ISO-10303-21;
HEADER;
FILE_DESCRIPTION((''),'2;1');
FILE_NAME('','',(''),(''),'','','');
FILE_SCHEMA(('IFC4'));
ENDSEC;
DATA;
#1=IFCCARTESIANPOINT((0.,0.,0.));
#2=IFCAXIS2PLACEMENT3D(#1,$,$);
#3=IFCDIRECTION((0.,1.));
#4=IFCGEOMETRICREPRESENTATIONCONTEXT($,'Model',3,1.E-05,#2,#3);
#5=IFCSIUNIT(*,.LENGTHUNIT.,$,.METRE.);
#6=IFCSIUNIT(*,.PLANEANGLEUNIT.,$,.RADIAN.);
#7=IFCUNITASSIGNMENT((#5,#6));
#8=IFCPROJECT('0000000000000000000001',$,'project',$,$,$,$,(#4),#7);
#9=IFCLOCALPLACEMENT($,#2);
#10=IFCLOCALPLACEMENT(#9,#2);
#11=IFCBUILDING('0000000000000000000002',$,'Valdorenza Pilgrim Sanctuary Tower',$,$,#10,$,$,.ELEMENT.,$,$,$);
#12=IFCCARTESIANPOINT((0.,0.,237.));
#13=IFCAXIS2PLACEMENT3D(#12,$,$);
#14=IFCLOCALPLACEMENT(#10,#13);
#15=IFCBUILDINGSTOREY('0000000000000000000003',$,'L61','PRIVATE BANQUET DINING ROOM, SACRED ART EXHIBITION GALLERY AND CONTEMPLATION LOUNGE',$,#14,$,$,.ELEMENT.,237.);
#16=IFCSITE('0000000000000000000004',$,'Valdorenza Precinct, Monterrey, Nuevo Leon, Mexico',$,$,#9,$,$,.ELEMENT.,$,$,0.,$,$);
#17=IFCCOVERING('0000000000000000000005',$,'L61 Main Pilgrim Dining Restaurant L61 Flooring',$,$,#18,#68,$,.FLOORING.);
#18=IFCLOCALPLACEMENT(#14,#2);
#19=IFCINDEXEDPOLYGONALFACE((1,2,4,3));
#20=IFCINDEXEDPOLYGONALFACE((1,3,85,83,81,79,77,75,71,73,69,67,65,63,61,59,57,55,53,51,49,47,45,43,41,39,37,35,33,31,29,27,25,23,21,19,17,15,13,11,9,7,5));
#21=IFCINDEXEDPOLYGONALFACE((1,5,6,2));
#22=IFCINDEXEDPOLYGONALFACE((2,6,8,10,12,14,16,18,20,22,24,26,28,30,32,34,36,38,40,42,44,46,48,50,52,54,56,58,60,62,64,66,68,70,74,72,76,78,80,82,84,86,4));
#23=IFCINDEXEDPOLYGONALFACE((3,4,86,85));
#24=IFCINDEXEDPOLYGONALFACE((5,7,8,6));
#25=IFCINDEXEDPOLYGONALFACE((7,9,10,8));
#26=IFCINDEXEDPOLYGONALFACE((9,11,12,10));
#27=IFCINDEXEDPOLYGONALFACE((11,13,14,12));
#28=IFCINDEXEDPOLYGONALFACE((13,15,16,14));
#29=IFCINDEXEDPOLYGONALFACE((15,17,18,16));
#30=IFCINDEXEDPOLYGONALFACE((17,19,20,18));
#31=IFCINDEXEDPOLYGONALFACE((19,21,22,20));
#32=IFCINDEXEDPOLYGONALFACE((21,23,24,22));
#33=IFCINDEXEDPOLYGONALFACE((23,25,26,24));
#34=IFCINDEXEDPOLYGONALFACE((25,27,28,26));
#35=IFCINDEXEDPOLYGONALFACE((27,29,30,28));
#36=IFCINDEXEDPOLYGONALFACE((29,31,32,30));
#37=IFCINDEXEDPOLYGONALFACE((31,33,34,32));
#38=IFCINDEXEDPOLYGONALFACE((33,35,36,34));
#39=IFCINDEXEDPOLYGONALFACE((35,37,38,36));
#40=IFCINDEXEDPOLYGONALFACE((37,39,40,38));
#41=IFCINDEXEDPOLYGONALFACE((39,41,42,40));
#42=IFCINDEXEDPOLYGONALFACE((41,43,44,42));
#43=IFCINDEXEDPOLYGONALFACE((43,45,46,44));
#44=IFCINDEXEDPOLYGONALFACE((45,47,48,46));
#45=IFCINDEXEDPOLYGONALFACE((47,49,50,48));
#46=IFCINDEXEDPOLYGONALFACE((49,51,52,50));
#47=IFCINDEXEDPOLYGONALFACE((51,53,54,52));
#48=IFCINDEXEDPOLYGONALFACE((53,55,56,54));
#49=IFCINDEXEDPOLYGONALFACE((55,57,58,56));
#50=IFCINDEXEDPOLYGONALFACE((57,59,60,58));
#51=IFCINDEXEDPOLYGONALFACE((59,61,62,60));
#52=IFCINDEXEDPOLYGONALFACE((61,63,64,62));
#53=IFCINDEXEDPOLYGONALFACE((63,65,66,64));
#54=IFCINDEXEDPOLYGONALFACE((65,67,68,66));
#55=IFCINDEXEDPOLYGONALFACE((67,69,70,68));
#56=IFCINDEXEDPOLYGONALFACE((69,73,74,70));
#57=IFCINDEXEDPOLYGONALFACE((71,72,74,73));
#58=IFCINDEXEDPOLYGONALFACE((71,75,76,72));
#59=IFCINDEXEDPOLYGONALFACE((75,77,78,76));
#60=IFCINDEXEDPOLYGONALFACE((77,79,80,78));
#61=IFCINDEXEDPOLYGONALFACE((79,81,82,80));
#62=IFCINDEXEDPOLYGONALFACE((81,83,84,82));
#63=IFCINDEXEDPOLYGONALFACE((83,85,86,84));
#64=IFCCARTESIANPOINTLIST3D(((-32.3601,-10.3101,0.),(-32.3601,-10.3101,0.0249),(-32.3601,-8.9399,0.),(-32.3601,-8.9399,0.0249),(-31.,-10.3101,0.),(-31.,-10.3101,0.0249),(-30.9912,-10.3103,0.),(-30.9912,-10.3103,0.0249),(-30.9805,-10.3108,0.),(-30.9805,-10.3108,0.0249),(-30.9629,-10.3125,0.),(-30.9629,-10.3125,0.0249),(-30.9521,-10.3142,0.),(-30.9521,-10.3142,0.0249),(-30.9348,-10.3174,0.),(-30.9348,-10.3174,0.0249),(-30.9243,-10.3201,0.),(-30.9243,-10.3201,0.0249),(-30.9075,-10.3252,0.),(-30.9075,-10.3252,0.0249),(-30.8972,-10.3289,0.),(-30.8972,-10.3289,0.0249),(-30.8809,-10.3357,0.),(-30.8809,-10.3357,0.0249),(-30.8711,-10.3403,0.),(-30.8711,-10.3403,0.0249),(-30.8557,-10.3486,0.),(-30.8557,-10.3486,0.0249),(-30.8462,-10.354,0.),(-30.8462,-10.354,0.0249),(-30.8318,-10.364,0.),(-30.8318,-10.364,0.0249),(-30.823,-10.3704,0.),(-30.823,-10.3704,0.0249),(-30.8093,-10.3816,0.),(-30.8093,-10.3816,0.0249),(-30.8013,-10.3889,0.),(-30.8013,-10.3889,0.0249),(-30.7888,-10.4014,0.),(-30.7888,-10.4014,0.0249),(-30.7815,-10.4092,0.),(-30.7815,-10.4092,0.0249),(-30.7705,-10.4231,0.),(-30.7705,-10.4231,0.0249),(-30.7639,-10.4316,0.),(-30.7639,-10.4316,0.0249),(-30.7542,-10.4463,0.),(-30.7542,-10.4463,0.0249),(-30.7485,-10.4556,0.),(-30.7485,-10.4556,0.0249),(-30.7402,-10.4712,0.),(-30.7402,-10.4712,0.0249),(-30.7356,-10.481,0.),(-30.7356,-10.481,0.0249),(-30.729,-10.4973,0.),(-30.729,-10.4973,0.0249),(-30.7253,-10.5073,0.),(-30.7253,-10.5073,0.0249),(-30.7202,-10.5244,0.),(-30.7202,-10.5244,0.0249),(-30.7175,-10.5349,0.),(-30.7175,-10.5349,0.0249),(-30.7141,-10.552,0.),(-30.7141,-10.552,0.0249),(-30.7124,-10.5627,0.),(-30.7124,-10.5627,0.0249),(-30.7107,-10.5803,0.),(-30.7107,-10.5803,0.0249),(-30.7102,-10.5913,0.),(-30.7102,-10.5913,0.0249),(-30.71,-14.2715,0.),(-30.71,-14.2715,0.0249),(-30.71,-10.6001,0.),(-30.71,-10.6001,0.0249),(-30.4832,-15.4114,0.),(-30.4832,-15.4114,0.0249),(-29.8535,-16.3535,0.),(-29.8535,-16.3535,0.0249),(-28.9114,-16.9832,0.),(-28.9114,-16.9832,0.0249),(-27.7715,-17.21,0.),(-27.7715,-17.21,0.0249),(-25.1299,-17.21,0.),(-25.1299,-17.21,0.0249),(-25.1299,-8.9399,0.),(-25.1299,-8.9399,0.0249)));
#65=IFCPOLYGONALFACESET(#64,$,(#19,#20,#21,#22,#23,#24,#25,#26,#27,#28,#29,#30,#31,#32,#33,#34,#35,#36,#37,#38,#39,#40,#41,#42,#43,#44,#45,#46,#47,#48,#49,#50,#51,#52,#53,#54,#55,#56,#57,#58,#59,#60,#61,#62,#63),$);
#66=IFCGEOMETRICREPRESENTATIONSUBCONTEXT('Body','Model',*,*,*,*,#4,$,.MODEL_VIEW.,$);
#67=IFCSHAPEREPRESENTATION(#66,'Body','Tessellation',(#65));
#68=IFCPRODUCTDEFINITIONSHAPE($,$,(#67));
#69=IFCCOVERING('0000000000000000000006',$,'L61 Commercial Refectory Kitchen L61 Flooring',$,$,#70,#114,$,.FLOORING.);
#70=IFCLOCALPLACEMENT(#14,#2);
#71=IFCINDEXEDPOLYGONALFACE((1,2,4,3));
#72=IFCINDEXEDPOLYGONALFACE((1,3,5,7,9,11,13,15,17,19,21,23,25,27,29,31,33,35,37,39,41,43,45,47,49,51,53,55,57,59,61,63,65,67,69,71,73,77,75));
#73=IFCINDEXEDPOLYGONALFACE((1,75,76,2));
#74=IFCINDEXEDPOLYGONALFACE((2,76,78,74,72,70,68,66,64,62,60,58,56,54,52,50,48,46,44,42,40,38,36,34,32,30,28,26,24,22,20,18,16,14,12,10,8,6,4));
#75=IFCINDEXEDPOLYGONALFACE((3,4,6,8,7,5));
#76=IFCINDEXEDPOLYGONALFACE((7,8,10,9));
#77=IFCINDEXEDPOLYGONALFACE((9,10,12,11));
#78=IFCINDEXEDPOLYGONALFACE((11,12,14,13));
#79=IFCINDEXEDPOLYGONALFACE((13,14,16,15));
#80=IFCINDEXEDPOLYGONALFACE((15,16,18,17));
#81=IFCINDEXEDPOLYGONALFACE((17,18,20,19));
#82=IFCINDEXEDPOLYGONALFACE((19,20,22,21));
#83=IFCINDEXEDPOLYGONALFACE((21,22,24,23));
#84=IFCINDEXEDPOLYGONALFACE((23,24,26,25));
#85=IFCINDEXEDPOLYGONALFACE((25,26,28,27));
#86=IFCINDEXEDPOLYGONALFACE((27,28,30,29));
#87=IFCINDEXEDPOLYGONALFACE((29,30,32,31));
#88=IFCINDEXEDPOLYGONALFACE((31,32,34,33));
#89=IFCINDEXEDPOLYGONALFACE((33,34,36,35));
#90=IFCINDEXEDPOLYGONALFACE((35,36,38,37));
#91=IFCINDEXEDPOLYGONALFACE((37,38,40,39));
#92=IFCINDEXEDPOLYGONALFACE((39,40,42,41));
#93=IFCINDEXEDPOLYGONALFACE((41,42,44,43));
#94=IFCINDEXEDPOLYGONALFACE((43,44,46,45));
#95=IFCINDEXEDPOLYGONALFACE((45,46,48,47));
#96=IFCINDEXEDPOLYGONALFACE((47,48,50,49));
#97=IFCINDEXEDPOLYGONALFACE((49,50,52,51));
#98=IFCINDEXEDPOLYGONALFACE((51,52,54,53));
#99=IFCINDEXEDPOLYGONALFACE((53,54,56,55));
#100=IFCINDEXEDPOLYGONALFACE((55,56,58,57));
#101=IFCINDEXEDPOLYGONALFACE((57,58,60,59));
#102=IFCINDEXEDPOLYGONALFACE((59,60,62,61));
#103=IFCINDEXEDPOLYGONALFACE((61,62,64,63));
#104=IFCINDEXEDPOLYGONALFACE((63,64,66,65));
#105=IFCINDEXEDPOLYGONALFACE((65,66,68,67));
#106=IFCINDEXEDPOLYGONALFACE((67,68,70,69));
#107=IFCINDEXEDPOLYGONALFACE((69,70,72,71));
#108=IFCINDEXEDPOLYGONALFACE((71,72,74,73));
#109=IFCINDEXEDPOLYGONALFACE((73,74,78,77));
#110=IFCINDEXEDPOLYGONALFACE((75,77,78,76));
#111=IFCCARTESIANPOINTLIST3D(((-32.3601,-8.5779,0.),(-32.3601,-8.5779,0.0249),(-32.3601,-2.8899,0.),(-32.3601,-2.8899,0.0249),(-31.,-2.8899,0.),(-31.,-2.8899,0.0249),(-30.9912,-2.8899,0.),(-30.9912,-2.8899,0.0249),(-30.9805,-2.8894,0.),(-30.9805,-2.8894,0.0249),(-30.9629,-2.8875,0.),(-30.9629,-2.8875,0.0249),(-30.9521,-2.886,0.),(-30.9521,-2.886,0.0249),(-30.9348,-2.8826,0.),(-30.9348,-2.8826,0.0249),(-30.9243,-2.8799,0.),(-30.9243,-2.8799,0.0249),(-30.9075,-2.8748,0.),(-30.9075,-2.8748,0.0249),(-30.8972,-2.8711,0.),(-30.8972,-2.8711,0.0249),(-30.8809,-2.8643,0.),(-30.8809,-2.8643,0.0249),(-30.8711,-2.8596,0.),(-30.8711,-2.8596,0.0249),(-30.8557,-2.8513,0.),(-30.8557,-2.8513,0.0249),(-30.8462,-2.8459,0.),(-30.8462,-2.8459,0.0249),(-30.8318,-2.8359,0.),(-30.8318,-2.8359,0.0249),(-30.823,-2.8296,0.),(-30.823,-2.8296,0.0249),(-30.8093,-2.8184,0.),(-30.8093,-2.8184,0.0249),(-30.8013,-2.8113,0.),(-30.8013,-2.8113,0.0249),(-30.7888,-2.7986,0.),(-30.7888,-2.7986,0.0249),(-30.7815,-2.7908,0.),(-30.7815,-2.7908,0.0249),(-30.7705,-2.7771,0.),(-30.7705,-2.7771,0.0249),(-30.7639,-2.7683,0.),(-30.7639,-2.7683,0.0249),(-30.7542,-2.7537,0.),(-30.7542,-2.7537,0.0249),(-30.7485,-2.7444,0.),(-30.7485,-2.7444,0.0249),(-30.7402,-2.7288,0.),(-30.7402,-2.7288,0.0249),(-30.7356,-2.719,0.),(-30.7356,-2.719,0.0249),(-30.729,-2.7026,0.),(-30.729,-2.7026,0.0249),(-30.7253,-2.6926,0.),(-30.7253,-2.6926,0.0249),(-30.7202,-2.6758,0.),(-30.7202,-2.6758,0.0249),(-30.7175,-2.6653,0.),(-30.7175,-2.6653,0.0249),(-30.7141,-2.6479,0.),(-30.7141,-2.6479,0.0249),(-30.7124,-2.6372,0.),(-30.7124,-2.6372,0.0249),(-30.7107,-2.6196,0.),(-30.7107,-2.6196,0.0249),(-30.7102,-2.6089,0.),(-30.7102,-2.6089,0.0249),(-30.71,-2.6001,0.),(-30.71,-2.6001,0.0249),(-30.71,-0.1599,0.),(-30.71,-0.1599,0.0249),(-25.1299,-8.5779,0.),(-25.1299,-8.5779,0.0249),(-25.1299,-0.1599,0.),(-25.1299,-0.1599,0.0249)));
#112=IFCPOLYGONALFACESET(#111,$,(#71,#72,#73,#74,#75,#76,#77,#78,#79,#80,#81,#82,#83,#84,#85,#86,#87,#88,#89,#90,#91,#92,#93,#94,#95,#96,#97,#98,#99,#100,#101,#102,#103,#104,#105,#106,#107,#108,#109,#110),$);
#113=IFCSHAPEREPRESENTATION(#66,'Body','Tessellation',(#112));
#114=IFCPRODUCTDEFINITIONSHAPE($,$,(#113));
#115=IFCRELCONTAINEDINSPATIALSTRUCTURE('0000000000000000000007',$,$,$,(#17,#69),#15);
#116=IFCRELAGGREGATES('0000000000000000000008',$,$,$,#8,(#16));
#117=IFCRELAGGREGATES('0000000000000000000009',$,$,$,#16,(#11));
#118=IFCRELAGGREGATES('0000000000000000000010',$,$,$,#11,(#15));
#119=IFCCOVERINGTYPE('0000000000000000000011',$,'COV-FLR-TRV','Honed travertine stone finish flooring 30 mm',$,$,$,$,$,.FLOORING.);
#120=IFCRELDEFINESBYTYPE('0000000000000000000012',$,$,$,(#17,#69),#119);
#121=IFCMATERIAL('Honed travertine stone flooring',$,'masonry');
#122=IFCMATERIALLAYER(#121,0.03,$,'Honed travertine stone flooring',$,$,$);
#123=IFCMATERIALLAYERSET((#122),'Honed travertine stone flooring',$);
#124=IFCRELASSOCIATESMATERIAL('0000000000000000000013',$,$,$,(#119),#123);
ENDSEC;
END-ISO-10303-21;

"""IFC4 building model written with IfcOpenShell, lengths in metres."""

from ifc_helpers import new_model, si_unit, direction, frame, origin, place, context, subcontext, project, spatial, polyline, outline, extrude, material, layer, layer_set, type_object, element, save


model = new_model("IFC4")

# Units and contexts
model_context = context("Model", 3, precision=1e-05, world=origin(), true_north=direction((0.0, 1.0)))
body_context = subcontext(model_context, "Body", "Model", "MODEL_VIEW")
ifc_project = project(units=[si_unit("LENGTHUNIT", "METRE"), si_unit("PLANEANGLEUNIT", "RADIAN")], contexts=[model_context])

# Site, building, storey
site_placement = place(None, origin())
site = spatial("IfcSite", under=ifc_project, at=site_placement, Name="Valdorenza Precinct, Monterrey, Nuevo Leon, Mexico", CompositionType="ELEMENT", RefElevation=0.0)
building_placement = place(site_placement, origin())
building = spatial("IfcBuilding", under=site, at=building_placement, Name="Valdorenza Pilgrim Sanctuary Tower", CompositionType="ELEMENT")
storey_placement = place(building_placement, frame((0.0, 0.0, 237.0)))
storey = spatial("IfcBuildingStorey", under=building, at=storey_placement, Name="L61", Description="PRIVATE BANQUET DINING ROOM, SACRED ART EXHIBITION GALLERY AND CONTEMPLATION LOUNGE", CompositionType="ELEMENT", Elevation=237.0)

# Coverings
ifc_material_1 = material(Name="Honed travertine stone flooring", Category="masonry")
ifc_layer_1 = layer(ifc_material_1, 0.03, Name="Honed travertine stone flooring")
ifc_layer_set_1 = layer_set([ifc_layer_1], Name="Honed travertine stone flooring")
covering_type_1 = type_object("IfcCoveringType", Name="COV-FLR-TRV", Description="Honed travertine stone finish flooring 30 mm", PredefinedType="FLOORING", material=ifc_layer_set_1)
covering_1_placement = place(storey_placement, origin())
element("IfcCovering", 1, at=covering_1_placement, inside=storey, type_object=covering_type_1, Name="L61 Main Pilgrim Dining Restaurant L61 Flooring", PredefinedType="FLOORING", context=body_context, shape_type="SweptSolid", body=[
    extrude(outline(polyline([(-25.1299, -17.21), (-27.7715, -17.21), (-28.9114, -16.9832), (-29.8535, -16.3535), (-30.4832, -15.4114), (-30.71, -14.2715), (-30.71, -10.6001), (-30.7102, -10.5913), (-30.7107, -10.5803), (-30.7124, -10.5627), (-30.7141, -10.552), (-30.7175, -10.5349), (-30.7202, -10.5244), (-30.7253, -10.5073), (-30.729, -10.4973), (-30.7356, -10.481), (-30.7402, -10.4712), (-30.7485, -10.4556), (-30.7542, -10.4463), (-30.7639, -10.4316), (-30.7705, -10.4231), (-30.7815, -10.4092), (-30.7888, -10.4014), (-30.8013, -10.3889), (-30.8093, -10.3816), (-30.823, -10.3704), (-30.8318, -10.364), (-30.8462, -10.354), (-30.8557, -10.3486), (-30.8711, -10.3403), (-30.8809, -10.3357), (-30.8972, -10.3289), (-30.9075, -10.3252), (-30.9243, -10.3201), (-30.9348, -10.3174), (-30.9521, -10.3142), (-30.9629, -10.3125), (-30.9805, -10.3108), (-30.9912, -10.3103), (-31.0, -10.3101), (-32.3601, -10.3101), (-32.3601, -8.9399), (-25.1299, -8.9399), (-25.1299, -17.21)])), origin(), (0.0, 0.0, 1.0), 0.0249),
])
covering_2_placement = place(storey_placement, origin())
element("IfcCovering", 2, at=covering_2_placement, inside=storey, type_object=covering_type_1, Name="L61 Commercial Refectory Kitchen L61 Flooring", PredefinedType="FLOORING", context=body_context, shape_type="SweptSolid", body=[
    extrude(outline(polyline([(-25.1299, -8.5779), (-32.3601, -8.5779), (-32.3601, -2.8899), (-31.0, -2.8899), (-30.9912, -2.8899), (-30.9805, -2.8894), (-30.9629, -2.8875), (-30.9521, -2.886), (-30.9348, -2.8826), (-30.9243, -2.8799), (-30.9075, -2.8748), (-30.8972, -2.8711), (-30.8809, -2.8643), (-30.8711, -2.8596), (-30.8557, -2.8513), (-30.8462, -2.8459), (-30.8318, -2.8359), (-30.823, -2.8296), (-30.8093, -2.8184), (-30.8013, -2.8113), (-30.7888, -2.7986), (-30.7815, -2.7908), (-30.7705, -2.7771), (-30.7639, -2.7683), (-30.7542, -2.7537), (-30.7485, -2.7444), (-30.7402, -2.7288), (-30.7356, -2.719), (-30.729, -2.7026), (-30.7253, -2.6926), (-30.7202, -2.6758), (-30.7175, -2.6653), (-30.7141, -2.6479), (-30.7124, -2.6372), (-30.7107, -2.6196), (-30.7102, -2.6089), (-30.71, -2.6001), (-30.71, -0.1599), (-25.1299, -0.1599), (-25.1299, -8.5779)])), origin(), (0.0, 0.0, 1.0), 0.0249),
])

save(model, "model.ifc")
